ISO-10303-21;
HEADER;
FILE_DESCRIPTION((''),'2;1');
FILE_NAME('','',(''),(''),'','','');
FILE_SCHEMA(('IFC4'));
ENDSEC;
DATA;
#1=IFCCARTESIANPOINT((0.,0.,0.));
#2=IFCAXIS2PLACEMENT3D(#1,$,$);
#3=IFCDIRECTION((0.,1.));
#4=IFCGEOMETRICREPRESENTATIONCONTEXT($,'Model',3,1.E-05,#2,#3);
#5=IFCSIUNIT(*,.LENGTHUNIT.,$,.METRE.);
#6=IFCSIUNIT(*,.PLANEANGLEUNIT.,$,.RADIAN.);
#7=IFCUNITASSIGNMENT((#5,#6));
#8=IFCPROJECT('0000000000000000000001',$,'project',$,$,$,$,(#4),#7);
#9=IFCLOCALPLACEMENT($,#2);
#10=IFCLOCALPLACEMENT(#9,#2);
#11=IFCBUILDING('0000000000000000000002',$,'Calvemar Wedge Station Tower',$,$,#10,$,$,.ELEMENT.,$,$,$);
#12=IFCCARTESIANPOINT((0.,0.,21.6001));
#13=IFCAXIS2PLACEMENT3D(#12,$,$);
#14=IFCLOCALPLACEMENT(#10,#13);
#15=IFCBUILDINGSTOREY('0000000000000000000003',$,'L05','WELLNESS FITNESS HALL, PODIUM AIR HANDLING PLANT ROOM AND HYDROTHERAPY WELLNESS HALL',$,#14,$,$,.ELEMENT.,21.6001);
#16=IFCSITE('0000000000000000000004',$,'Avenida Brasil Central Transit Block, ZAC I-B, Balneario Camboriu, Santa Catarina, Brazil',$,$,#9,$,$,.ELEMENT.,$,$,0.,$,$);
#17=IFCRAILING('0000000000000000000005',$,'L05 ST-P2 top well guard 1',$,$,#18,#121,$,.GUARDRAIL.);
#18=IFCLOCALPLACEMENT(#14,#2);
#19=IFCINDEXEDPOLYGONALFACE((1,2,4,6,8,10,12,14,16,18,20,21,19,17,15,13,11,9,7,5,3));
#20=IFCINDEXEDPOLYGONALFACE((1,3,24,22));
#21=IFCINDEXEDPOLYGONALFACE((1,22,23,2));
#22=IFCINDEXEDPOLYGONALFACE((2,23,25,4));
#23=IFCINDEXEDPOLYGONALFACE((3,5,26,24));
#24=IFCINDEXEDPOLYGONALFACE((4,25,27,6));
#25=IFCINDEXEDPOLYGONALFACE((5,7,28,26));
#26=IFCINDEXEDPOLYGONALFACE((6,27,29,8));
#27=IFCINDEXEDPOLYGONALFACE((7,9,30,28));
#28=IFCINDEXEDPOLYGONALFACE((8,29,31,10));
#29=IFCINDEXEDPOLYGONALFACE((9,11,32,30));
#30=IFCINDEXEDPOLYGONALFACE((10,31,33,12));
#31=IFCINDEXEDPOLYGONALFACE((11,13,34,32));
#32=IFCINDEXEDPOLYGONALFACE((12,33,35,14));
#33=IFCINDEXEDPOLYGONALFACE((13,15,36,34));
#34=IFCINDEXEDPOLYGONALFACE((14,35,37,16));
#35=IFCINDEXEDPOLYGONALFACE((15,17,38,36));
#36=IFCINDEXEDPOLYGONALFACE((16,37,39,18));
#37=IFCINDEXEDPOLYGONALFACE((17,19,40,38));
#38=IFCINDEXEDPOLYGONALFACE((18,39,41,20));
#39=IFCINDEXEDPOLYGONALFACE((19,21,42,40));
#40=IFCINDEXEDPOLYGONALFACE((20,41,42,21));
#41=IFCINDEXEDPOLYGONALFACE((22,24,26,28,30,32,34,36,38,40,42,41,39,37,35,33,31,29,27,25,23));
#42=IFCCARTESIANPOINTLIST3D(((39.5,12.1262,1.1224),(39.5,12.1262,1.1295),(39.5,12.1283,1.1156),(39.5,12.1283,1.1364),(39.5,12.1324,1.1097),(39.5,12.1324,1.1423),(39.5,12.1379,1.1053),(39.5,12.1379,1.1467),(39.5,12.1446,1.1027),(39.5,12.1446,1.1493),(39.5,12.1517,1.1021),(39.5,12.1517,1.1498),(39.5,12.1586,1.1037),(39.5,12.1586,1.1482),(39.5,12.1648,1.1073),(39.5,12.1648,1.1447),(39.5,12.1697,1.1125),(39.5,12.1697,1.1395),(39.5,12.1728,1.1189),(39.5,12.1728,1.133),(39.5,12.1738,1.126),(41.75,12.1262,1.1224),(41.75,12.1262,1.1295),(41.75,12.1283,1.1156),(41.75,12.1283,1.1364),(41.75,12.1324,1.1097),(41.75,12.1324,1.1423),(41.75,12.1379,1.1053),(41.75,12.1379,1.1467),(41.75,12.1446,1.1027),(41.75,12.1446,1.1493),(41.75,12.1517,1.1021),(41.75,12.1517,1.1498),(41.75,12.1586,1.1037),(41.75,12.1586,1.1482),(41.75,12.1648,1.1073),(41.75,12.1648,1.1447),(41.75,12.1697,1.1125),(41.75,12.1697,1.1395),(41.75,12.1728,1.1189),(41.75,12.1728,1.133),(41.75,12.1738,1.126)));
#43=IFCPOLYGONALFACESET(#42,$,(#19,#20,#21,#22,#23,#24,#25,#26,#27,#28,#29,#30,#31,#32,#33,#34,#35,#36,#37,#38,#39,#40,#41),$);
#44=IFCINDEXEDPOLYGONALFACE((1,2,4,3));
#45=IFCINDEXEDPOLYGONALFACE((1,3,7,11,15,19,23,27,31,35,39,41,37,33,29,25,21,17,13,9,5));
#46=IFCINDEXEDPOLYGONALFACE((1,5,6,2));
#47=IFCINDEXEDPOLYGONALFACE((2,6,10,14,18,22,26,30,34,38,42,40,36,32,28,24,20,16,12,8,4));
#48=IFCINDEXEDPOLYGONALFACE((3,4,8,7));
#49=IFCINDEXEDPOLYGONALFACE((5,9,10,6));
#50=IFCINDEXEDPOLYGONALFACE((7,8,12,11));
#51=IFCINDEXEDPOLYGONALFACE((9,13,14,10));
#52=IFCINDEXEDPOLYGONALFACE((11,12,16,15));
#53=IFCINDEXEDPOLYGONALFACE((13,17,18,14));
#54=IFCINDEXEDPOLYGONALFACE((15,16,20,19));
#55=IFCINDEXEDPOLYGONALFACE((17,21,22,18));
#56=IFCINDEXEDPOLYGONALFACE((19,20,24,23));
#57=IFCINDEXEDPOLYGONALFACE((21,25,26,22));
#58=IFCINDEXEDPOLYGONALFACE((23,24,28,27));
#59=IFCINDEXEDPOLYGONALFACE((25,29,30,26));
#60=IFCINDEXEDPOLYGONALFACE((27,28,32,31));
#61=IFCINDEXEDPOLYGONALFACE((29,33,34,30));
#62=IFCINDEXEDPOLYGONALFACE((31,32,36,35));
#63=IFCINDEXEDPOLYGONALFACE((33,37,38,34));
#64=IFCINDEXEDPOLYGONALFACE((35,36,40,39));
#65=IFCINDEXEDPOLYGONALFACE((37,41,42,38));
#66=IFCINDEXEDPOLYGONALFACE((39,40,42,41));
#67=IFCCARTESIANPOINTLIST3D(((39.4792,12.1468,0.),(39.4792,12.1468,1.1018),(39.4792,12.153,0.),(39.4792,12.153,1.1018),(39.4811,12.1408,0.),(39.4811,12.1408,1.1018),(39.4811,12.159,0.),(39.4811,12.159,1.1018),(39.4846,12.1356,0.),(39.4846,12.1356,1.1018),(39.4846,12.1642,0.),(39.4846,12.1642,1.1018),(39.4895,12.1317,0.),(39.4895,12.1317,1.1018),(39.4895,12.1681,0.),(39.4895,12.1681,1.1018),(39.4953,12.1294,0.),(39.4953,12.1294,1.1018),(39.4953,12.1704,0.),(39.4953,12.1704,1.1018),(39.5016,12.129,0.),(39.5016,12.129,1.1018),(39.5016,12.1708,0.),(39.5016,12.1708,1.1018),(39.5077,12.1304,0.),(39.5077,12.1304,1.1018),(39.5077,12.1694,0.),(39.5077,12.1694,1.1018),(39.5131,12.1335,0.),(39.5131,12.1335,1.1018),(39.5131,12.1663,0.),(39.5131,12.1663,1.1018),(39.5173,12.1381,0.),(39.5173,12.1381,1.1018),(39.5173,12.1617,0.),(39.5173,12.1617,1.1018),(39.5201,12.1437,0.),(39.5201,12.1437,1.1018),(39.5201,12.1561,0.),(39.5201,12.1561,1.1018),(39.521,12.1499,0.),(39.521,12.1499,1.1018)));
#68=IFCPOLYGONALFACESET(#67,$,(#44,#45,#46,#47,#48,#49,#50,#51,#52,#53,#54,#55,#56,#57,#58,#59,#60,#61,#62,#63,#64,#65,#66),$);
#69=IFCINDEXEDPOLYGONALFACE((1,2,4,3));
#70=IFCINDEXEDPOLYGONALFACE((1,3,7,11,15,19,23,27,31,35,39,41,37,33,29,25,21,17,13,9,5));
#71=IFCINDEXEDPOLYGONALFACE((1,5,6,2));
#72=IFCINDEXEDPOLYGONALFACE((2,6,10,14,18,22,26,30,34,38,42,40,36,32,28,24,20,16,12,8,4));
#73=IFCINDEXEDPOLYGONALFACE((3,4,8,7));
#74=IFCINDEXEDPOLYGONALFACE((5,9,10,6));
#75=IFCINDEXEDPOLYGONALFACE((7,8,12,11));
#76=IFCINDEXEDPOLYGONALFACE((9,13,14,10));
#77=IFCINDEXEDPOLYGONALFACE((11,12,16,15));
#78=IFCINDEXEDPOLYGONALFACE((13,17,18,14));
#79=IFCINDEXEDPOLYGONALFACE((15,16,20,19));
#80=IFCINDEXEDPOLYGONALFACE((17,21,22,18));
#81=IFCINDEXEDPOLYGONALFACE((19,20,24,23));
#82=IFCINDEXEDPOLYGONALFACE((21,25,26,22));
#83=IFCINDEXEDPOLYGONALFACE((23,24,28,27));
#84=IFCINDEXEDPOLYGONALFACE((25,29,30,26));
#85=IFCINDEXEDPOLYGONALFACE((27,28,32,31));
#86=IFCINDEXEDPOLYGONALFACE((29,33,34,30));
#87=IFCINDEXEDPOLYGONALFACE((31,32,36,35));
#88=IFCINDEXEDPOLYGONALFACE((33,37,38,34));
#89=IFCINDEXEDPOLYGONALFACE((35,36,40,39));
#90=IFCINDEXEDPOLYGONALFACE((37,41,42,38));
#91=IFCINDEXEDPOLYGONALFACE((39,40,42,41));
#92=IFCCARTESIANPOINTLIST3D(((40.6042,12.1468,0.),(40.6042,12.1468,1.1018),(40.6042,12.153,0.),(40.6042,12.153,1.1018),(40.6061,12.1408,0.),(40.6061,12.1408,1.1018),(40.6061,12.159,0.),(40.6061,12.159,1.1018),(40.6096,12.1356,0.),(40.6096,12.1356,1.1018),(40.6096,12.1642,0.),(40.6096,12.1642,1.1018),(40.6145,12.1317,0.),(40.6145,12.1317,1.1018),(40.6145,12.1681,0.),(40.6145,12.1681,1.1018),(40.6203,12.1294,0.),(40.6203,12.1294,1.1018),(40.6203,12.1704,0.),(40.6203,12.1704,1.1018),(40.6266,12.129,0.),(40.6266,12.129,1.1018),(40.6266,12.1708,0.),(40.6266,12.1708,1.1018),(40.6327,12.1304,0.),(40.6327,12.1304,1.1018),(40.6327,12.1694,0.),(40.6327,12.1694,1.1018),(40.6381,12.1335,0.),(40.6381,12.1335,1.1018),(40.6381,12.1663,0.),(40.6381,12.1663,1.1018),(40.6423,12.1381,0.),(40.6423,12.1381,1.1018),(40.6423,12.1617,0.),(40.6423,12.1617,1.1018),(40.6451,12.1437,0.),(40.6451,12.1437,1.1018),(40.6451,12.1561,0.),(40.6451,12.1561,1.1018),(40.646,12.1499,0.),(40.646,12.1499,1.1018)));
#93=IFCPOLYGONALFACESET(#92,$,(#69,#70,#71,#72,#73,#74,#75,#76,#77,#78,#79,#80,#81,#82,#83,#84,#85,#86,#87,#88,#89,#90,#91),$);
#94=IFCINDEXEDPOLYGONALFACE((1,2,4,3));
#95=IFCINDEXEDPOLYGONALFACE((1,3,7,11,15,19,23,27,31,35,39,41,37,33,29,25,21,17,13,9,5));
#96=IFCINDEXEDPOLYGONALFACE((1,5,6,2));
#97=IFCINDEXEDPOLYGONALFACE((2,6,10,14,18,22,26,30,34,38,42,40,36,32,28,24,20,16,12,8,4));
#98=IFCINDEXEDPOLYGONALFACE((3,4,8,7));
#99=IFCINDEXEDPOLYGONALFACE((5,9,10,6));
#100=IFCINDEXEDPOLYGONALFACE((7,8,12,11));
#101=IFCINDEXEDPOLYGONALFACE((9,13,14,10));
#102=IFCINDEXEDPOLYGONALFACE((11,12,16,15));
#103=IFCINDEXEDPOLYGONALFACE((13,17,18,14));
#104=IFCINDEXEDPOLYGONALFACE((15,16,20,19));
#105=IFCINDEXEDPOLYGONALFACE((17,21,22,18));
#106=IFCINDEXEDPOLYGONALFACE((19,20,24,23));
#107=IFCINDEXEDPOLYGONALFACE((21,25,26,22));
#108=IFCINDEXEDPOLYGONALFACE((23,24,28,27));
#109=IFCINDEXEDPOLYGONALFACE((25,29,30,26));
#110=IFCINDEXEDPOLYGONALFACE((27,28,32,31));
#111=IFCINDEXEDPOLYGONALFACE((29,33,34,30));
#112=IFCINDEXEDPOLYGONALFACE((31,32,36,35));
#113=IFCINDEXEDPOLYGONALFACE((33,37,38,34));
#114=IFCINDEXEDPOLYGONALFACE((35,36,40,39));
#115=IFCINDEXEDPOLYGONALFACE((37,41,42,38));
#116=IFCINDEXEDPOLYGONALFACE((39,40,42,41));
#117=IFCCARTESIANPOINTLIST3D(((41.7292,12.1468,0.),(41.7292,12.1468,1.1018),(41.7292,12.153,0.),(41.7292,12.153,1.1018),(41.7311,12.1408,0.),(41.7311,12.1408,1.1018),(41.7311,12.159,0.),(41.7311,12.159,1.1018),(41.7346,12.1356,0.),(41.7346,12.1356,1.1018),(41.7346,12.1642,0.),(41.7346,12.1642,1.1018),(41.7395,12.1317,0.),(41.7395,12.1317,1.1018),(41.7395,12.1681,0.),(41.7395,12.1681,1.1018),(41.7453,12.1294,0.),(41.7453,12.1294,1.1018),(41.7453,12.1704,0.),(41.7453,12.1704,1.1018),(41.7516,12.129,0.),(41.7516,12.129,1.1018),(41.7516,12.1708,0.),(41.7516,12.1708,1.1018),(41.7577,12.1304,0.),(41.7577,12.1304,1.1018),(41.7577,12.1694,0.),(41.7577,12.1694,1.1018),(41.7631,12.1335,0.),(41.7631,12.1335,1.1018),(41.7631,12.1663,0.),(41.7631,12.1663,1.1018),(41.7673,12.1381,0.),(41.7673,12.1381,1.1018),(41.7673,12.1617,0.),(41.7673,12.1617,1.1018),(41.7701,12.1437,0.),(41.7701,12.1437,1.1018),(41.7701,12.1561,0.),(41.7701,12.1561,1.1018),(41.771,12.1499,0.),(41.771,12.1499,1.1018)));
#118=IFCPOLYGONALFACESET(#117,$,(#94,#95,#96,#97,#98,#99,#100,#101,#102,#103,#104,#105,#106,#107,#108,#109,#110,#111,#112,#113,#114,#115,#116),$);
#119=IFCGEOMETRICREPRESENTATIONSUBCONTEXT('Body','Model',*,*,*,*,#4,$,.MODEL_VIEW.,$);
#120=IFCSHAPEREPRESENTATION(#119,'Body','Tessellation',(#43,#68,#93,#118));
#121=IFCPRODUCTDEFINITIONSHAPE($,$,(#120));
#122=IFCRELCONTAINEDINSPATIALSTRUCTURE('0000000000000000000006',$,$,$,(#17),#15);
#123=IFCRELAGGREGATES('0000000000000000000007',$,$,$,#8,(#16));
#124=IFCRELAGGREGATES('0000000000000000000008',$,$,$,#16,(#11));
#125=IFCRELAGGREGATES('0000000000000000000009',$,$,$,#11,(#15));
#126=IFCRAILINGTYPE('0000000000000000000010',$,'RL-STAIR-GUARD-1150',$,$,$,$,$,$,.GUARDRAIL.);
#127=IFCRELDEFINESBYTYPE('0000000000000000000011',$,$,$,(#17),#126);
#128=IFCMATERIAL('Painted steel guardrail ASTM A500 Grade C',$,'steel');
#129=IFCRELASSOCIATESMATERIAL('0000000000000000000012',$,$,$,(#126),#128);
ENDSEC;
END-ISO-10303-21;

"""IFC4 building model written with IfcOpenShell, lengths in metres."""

from ifc_helpers import new_model, si_unit, direction, frame, origin, origin_2d, place, context, subcontext, project, spatial, circle, extrude, material, type_object, element, save


model = new_model("IFC4")

# Units and contexts
model_context = context("Model", 3, precision=1e-05, world=origin(), true_north=direction((0.0, 1.0)))
body_context = subcontext(model_context, "Body", "Model", "MODEL_VIEW")
ifc_project = project(units=[si_unit("LENGTHUNIT", "METRE"), si_unit("PLANEANGLEUNIT", "RADIAN")], contexts=[model_context])

# Site, building, storey
site_placement = place(None, origin())
site = spatial("IfcSite", under=ifc_project, at=site_placement, Name="Avenida Brasil Central Transit Block, ZAC I-B, Balneario Camboriu, Santa Catarina, Brazil", CompositionType="ELEMENT", RefElevation=0.0)
building_placement = place(site_placement, origin())
building = spatial("IfcBuilding", under=site, at=building_placement, Name="Calvemar Wedge Station Tower", CompositionType="ELEMENT")
storey_placement = place(building_placement, frame((0.0, 0.0, 21.6001)))
storey = spatial("IfcBuildingStorey", under=building, at=storey_placement, Name="L05", Description="WELLNESS FITNESS HALL, PODIUM AIR HANDLING PLANT ROOM AND HYDROTHERAPY WELLNESS HALL", CompositionType="ELEMENT", Elevation=21.6001)

# Railing
ifc_material_1 = material(Name="Painted steel guardrail ASTM A500 Grade C", Category="steel")
railing_type = type_object("IfcRailingType", Name="RL-STAIR-GUARD-1150", PredefinedType="GUARDRAIL", material=ifc_material_1)
railing_placement = place(storey_placement, frame((39.5, 12.1499, 0.0)))
element("IfcRailing", 1, at=railing_placement, inside=storey, type_object=railing_type, Name="L05 ST-P2 top well guard 1", PredefinedType="GUARDRAIL", context=body_context, shape_type="SweptSolid", body=[
    extrude(circle(Radius=0.0239, at=origin_2d()), frame((0.0, 0.0, 1.126), z_axis=(1.0, 0.0, 0.0), x_axis=(0.0, 1.0, 0.0)), (0.0, 0.0, 1.0), 2.25),
    extrude(circle(Radius=0.021, at=origin_2d()), origin(), (0.0, 0.0, 1.0), 1.1018),
    extrude(circle(Radius=0.021, at=origin_2d()), frame((1.125, 0.0, 0.0)), (0.0, 0.0, 1.0), 1.1018),
    extrude(circle(Radius=0.021, at=origin_2d()), frame((2.25, 0.0, 0.0)), (0.0, 0.0, 1.0), 1.1018),
])

save(model, "model.ifc")
